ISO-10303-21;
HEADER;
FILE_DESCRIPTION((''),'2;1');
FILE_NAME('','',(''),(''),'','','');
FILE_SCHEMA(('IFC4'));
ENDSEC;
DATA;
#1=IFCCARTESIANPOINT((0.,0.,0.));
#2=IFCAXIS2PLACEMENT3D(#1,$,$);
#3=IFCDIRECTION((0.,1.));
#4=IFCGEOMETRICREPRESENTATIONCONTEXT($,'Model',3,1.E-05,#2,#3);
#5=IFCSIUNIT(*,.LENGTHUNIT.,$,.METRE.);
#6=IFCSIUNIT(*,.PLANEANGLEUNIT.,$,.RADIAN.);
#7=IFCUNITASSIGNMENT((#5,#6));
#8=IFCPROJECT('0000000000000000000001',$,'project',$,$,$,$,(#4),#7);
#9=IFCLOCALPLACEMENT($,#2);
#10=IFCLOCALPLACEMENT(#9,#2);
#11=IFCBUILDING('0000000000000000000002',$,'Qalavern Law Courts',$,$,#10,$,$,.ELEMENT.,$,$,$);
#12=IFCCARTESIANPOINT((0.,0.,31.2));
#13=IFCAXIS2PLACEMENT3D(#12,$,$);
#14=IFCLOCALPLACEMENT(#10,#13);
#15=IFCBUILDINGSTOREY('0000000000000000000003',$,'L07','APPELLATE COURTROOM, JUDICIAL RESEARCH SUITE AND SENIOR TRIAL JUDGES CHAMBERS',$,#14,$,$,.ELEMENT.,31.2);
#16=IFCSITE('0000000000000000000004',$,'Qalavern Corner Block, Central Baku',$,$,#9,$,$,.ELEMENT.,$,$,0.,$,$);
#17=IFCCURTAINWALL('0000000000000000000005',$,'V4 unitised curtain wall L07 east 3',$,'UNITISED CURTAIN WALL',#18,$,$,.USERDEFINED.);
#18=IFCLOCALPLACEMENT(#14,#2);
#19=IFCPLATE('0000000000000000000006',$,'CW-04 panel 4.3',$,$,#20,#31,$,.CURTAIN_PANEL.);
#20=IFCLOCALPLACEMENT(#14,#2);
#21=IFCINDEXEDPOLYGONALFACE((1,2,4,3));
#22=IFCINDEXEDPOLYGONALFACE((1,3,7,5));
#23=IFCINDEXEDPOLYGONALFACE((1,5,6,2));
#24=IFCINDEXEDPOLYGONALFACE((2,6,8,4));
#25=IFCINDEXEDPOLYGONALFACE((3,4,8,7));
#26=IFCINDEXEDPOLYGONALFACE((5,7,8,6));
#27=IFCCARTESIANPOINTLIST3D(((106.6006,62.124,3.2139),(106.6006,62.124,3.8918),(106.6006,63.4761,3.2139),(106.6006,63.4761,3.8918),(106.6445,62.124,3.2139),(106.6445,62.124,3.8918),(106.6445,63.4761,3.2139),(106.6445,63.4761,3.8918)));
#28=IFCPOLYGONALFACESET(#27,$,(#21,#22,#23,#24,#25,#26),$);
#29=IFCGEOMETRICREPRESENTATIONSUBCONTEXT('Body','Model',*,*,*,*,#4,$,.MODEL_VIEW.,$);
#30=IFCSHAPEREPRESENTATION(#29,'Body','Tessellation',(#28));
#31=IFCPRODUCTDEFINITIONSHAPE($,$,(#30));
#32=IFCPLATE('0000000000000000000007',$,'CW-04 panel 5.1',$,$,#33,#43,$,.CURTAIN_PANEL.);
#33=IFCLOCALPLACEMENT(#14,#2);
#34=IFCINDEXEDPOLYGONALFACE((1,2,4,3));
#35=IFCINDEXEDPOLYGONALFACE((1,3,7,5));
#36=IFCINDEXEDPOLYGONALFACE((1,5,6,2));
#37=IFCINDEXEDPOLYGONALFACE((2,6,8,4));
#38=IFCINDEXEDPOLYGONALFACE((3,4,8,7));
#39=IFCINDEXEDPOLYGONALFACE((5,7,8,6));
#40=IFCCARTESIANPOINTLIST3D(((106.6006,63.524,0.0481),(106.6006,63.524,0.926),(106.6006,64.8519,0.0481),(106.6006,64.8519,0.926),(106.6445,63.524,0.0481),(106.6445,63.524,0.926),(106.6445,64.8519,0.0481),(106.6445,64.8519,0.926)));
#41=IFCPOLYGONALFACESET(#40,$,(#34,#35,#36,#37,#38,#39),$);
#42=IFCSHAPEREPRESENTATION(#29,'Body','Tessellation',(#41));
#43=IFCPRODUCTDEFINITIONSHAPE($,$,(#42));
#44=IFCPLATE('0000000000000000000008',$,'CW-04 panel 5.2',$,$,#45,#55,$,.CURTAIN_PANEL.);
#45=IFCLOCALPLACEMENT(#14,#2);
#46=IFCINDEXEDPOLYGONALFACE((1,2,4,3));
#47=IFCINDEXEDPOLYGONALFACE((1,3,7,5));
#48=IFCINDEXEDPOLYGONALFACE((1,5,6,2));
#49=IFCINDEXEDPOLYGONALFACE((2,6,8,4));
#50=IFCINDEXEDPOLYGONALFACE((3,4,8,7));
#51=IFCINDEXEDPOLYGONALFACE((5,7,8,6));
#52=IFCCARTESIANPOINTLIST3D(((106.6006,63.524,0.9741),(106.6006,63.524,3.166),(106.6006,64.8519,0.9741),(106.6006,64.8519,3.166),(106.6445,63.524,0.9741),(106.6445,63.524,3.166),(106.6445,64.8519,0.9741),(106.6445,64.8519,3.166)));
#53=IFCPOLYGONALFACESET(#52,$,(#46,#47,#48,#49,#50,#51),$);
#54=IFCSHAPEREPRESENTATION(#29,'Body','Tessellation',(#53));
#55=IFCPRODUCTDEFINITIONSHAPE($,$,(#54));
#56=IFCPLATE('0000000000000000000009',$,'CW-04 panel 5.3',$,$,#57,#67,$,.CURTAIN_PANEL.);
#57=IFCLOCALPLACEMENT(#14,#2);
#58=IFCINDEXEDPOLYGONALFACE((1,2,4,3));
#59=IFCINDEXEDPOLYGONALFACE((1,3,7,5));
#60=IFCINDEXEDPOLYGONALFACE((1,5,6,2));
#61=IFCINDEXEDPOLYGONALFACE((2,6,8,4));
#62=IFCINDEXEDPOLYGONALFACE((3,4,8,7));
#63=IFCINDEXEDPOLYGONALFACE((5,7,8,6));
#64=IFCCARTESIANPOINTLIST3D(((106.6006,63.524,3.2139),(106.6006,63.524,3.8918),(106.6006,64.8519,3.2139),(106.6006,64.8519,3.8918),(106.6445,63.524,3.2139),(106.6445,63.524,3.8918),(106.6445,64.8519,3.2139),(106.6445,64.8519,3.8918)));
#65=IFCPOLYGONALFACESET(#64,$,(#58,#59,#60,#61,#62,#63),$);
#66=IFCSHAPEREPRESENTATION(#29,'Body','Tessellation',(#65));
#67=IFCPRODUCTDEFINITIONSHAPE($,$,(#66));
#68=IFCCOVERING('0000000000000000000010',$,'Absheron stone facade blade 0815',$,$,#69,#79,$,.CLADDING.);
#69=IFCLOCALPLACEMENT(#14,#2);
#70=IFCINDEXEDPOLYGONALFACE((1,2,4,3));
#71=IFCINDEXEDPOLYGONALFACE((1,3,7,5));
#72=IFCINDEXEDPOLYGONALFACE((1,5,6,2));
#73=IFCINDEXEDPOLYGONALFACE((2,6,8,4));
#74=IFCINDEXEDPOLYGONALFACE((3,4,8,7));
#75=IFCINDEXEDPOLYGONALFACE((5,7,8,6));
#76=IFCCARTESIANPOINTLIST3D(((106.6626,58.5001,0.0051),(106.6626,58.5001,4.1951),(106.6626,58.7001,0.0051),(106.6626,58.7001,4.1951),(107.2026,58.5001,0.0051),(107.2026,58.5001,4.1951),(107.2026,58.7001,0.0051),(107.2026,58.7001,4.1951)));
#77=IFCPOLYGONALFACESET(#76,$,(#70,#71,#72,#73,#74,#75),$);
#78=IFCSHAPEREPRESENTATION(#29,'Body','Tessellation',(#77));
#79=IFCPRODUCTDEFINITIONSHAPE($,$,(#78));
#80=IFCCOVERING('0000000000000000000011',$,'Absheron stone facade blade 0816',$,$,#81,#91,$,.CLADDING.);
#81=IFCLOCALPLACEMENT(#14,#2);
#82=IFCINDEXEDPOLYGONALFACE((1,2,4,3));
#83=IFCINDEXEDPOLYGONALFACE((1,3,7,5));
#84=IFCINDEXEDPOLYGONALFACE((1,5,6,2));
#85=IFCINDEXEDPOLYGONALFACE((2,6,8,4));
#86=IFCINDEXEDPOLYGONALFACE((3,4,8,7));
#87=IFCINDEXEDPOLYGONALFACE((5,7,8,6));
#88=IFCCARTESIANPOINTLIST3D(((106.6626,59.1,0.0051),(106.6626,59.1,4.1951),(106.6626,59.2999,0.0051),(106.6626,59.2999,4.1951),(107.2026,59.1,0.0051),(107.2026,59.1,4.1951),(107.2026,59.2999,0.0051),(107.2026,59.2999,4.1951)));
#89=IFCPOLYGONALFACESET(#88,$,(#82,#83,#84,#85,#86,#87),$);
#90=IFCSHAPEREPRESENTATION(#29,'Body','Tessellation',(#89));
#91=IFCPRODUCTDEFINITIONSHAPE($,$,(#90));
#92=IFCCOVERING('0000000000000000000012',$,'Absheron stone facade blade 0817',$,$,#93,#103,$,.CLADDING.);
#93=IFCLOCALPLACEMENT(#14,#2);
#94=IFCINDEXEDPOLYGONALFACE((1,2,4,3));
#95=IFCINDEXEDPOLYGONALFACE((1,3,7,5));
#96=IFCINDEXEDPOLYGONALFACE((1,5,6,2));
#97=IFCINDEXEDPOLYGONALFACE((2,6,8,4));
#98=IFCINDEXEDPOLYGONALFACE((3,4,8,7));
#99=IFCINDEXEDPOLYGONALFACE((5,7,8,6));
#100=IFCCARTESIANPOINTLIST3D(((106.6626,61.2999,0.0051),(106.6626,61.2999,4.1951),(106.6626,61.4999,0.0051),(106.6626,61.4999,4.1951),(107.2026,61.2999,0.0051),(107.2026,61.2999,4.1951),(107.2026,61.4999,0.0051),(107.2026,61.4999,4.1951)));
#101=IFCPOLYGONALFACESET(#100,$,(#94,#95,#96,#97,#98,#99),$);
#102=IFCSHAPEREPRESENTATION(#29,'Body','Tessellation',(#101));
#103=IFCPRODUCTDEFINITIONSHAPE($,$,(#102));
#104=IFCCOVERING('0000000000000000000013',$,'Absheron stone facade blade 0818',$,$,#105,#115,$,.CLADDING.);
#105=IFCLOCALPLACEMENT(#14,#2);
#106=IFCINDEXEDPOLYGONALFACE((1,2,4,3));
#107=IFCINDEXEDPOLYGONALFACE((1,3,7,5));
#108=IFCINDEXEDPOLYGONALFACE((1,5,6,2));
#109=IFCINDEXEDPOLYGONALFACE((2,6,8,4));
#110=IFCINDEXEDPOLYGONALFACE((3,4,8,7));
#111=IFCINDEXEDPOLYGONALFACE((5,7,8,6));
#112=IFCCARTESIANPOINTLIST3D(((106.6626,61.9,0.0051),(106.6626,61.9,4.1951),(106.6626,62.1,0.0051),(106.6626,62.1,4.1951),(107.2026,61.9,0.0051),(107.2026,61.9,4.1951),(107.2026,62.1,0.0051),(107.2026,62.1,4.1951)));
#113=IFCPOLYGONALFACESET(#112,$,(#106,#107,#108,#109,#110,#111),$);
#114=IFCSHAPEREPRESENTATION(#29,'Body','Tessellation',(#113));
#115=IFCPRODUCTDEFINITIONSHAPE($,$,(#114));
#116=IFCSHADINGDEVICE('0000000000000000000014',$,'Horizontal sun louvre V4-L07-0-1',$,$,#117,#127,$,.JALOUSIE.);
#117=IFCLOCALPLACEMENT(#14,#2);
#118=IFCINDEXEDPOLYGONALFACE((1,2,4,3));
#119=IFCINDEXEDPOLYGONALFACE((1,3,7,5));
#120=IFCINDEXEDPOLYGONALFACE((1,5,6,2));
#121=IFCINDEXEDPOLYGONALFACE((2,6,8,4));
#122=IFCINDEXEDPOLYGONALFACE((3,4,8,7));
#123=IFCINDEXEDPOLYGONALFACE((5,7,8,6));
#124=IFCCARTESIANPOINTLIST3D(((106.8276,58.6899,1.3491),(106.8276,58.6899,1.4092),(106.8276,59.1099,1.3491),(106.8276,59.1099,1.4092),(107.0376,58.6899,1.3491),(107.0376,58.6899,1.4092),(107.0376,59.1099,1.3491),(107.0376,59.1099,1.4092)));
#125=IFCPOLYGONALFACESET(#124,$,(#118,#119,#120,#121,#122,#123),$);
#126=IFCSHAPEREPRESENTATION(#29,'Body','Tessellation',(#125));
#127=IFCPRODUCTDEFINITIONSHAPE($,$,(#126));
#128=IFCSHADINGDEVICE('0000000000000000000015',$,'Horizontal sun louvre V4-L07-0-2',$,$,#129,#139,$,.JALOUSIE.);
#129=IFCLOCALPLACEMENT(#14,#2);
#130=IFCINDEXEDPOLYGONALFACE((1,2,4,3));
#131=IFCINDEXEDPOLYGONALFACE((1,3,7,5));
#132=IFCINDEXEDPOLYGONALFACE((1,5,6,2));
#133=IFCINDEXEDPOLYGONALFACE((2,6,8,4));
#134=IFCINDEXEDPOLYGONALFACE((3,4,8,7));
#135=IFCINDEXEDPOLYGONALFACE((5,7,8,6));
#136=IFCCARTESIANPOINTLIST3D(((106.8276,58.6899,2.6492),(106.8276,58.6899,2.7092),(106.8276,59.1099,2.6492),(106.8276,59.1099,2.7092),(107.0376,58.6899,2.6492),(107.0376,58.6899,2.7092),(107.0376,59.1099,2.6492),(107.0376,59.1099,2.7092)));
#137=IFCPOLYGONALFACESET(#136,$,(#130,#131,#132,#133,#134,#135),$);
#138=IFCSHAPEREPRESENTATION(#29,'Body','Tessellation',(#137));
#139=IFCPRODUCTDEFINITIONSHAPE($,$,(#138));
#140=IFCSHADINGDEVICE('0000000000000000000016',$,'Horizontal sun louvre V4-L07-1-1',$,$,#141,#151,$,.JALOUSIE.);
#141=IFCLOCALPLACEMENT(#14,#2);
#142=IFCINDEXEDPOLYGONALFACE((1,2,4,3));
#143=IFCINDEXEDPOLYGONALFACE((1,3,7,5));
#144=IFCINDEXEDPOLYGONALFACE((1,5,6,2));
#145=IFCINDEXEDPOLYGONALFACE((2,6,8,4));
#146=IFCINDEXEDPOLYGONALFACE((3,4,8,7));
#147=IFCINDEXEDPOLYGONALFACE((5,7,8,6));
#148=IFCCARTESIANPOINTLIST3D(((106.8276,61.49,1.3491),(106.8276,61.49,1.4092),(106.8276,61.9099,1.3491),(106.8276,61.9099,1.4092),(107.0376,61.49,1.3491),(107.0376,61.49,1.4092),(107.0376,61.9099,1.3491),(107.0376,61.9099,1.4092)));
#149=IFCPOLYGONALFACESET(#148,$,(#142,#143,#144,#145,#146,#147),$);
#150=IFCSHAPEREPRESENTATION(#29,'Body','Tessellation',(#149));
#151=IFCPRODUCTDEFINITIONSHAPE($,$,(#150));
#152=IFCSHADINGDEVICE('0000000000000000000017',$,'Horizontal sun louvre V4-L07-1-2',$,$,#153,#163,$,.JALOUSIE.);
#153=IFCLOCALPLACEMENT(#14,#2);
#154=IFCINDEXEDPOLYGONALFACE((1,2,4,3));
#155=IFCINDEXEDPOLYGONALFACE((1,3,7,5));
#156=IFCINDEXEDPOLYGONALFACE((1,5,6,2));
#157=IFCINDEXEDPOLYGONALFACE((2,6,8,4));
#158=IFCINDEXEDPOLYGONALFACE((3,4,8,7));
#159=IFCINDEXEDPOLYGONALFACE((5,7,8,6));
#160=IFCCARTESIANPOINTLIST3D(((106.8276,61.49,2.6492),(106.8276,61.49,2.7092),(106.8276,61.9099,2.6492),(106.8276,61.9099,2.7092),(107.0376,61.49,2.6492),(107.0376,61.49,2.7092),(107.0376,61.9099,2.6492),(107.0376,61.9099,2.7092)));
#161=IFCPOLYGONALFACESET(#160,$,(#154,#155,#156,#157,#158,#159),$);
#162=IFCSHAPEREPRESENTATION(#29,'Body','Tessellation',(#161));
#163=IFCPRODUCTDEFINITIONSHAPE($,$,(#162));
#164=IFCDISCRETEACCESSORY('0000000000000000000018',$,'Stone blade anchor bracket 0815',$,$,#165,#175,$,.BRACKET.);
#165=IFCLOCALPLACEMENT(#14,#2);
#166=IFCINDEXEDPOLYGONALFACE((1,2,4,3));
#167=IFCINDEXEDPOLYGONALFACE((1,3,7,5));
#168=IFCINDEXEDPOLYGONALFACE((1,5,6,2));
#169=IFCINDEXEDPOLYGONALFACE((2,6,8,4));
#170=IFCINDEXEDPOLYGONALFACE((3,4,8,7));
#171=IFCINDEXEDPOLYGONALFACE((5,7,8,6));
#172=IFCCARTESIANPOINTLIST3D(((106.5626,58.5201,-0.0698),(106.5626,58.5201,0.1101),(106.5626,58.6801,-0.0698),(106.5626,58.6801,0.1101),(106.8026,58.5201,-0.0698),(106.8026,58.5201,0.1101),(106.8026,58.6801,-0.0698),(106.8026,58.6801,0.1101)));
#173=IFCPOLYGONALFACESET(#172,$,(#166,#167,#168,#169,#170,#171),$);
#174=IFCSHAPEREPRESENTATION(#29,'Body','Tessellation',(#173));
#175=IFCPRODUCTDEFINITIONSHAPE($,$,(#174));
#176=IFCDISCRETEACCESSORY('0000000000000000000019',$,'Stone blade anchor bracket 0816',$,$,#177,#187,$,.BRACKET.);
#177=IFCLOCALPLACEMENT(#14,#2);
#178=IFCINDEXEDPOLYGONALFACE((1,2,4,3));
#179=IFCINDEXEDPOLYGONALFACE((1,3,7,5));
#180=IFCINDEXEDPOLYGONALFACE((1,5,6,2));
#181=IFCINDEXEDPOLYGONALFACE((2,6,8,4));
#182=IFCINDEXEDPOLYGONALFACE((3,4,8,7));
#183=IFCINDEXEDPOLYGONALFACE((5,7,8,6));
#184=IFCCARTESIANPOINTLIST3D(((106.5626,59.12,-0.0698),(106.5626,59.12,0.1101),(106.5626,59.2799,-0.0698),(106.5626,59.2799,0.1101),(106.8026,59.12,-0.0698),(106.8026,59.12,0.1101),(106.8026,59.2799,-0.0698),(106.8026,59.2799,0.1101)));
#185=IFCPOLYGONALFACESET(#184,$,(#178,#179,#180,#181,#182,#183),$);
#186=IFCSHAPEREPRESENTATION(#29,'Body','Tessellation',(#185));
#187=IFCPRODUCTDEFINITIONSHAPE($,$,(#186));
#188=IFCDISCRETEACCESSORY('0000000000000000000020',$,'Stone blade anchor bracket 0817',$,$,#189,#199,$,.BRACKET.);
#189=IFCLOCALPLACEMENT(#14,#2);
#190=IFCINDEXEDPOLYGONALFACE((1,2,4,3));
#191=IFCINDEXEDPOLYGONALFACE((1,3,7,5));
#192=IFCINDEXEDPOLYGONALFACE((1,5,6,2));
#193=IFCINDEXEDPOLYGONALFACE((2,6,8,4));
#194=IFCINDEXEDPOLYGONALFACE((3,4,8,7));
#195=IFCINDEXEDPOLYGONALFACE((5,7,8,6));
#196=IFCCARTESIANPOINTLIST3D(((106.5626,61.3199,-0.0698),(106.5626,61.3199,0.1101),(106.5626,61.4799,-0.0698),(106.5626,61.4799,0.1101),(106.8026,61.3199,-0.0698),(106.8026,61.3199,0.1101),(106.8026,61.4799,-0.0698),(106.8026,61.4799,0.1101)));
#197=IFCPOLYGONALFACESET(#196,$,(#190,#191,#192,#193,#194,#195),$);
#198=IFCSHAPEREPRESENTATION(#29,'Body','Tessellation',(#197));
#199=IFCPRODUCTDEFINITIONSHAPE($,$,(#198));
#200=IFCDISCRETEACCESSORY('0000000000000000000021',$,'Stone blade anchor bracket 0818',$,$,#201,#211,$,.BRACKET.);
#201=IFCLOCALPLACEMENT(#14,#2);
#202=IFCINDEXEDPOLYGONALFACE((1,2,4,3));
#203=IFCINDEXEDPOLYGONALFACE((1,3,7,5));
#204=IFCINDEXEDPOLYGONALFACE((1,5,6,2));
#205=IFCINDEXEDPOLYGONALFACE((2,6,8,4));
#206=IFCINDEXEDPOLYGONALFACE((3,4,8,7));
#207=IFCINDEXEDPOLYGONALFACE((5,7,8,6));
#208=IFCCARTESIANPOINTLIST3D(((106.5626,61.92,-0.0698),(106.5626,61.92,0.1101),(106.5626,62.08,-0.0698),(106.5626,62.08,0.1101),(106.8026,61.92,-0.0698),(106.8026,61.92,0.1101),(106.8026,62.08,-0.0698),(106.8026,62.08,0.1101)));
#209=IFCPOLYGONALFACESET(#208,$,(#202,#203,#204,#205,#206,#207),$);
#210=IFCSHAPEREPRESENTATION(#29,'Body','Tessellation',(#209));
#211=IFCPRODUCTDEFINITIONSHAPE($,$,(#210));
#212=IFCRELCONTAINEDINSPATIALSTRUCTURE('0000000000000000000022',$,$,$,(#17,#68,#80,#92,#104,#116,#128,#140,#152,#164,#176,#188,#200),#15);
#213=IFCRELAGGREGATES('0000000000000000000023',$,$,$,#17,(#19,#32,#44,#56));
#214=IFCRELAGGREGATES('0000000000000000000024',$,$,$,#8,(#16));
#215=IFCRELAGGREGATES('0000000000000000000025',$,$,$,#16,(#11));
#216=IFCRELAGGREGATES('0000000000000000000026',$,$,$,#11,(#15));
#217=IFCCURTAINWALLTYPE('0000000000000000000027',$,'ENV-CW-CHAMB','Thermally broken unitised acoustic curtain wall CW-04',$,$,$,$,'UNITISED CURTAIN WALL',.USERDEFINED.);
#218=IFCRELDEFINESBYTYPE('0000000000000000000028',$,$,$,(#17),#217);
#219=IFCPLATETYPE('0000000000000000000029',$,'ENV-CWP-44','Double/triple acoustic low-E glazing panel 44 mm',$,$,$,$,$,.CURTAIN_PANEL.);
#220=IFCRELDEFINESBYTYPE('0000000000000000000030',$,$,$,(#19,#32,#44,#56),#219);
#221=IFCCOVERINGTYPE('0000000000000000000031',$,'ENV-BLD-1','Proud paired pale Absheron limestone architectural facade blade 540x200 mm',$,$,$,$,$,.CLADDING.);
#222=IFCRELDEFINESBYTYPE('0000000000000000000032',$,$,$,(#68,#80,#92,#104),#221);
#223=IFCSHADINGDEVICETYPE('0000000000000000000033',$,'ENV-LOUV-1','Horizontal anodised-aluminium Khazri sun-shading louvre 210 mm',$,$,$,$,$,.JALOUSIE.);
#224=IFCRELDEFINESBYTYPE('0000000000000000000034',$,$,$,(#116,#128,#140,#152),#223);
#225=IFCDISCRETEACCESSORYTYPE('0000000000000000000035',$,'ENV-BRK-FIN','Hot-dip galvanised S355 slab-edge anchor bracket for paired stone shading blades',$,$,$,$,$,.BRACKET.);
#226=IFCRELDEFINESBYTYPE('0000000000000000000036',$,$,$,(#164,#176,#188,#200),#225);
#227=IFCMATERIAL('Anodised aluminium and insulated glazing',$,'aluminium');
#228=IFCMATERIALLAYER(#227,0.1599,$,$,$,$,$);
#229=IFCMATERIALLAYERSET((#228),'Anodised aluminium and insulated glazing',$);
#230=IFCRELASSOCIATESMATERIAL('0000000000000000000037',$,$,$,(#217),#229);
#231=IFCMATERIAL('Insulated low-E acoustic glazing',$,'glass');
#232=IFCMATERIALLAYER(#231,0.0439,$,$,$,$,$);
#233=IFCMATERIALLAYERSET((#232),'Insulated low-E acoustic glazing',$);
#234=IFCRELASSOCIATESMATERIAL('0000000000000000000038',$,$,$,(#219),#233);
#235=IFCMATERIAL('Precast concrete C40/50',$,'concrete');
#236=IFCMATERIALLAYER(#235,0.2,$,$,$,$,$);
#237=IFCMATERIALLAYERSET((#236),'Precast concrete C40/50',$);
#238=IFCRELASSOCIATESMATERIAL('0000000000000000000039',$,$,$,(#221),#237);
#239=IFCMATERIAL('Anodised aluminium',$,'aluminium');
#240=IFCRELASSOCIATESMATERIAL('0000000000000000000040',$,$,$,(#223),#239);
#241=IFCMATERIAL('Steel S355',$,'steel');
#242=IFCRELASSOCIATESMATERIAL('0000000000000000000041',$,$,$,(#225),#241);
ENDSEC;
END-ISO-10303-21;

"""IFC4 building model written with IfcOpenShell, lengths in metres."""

from ifc_helpers import new_model, si_unit, direction, frame, origin, origin_2d, place, context, subcontext, project, spatial, rectangle, extrude, material, layer, layer_set, type_object, element, aggregate, save


model = new_model("IFC4")

# Units and contexts
model_context = context("Model", 3, precision=1e-05, world=origin(), true_north=direction((0.0, 1.0)))
body_context = subcontext(model_context, "Body", "Model", "MODEL_VIEW")
ifc_project = project(units=[si_unit("LENGTHUNIT", "METRE"), si_unit("PLANEANGLEUNIT", "RADIAN")], contexts=[model_context])

# Site, building, storey
site_placement = place(None, origin())
site = spatial("IfcSite", under=ifc_project, at=site_placement, Name="Qalavern Corner Block, Central Baku", CompositionType="ELEMENT", RefElevation=0.0)
building_placement = place(site_placement, origin())
building = spatial("IfcBuilding", under=site, at=building_placement, Name="Qalavern Law Courts", CompositionType="ELEMENT")
storey_placement = place(building_placement, frame((0.0, 0.0, 31.2)))
storey = spatial("IfcBuildingStorey", under=building, at=storey_placement, Name="L07", Description="APPELLATE COURTROOM, JUDICIAL RESEARCH SUITE AND SENIOR TRIAL JUDGES CHAMBERS", CompositionType="ELEMENT", Elevation=31.2)

# Curtain wall, plates
ifc_material_1 = material(Name="Anodised aluminium and insulated glazing", Category="aluminium")
ifc_layer_1 = layer(ifc_material_1, 0.1599)
ifc_layer_set_1 = layer_set([ifc_layer_1], Name="Anodised aluminium and insulated glazing")
curtain_wall_type = type_object("IfcCurtainWallType", Name="ENV-CW-CHAMB", Description="Thermally broken unitised acoustic curtain wall CW-04", ElementType="UNITISED CURTAIN WALL", PredefinedType="USERDEFINED", material=ifc_layer_set_1)
curtain_wall_placement = place(storey_placement, origin())
curtain_wall = element("IfcCurtainWall", 1, at=curtain_wall_placement, inside=storey, type_object=curtain_wall_type, Name="V4 unitised curtain wall L07 east 3", ObjectType="UNITISED CURTAIN WALL", PredefinedType="USERDEFINED")
ifc_material_2 = material(Name="Anodised aluminium", Category="aluminium")
ifc_material_3 = material(Name="Insulated low-E acoustic glazing", Category="glass")
ifc_layer_2 = layer(ifc_material_3, 0.0439)
ifc_layer_set_2 = layer_set([ifc_layer_2], Name="Insulated low-E acoustic glazing")
plate_type = type_object("IfcPlateType", Name="ENV-CWP-44", Description="Double/triple acoustic low-E glazing panel 44 mm", PredefinedType="CURTAIN_PANEL", material=ifc_layer_set_2)
plate_1_placement = place(storey_placement, frame((106.6226, 62.8, 3.2139), z_axis=(0.0, 0.0, 1.0), x_axis=(0.0, 1.0, 0.0)))
plate_1 = element("IfcPlate", 2, at=plate_1_placement, type_object=plate_type, Name="CW-04 panel 4.3", PredefinedType="CURTAIN_PANEL", context=body_context, shape_type="SweptSolid", body=[
    extrude(rectangle(XDim=1.3521, YDim=0.0439, at=origin_2d()), origin(), (0.0, 0.0, 1.0), 0.678),
])
plate_2_placement = place(storey_placement, frame((106.6226, 64.188, 0.0481), z_axis=(0.0, 0.0, 1.0), x_axis=(0.0, 1.0, 0.0)))
plate_2 = element("IfcPlate", 3, at=plate_2_placement, type_object=plate_type, Name="CW-04 panel 5.1", PredefinedType="CURTAIN_PANEL", context=body_context, shape_type="SweptSolid", body=[
    extrude(rectangle(XDim=1.3279, YDim=0.0439, at=origin_2d()), origin(), (0.0, 0.0, 1.0), 0.8779),
])
plate_3_placement = place(storey_placement, frame((106.6226, 64.188, 0.9741), z_axis=(0.0, 0.0, 1.0), x_axis=(0.0, 1.0, 0.0)))
plate_3 = element("IfcPlate", 4, at=plate_3_placement, type_object=plate_type, Name="CW-04 panel 5.2", PredefinedType="CURTAIN_PANEL", context=body_context, shape_type="SweptSolid", body=[
    extrude(rectangle(XDim=1.3279, YDim=0.0439, at=origin_2d()), origin(), (0.0, 0.0, 1.0), 2.1919),
])
plate_4_placement = place(storey_placement, frame((106.6226, 64.188, 3.2139), z_axis=(0.0, 0.0, 1.0), x_axis=(0.0, 1.0, 0.0)))
plate_4 = element("IfcPlate", 5, at=plate_4_placement, type_object=plate_type, Name="CW-04 panel 5.3", PredefinedType="CURTAIN_PANEL", context=body_context, shape_type="SweptSolid", body=[
    extrude(rectangle(XDim=1.3279, YDim=0.0439, at=origin_2d()), origin(), (0.0, 0.0, 1.0), 0.678),
])
aggregate(curtain_wall, [plate_1, plate_2, plate_3, plate_4])

# Coverings
ifc_material_4 = material(Name="Precast concrete C40/50", Category="concrete")
ifc_layer_3 = layer(ifc_material_4, 0.2)
ifc_layer_set_3 = layer_set([ifc_layer_3], Name="Precast concrete C40/50")
covering_type = type_object("IfcCoveringType", Name="ENV-BLD-1", Description="Proud paired pale Absheron limestone architectural facade blade 540x200 mm", PredefinedType="CLADDING", material=ifc_layer_set_3)
for number, where, z_axis, x_axis, name in (
    (6, (106.9326, 58.6001, 0.0051), (0.0, 0.0, 1.0), (1.0, 0.0, 0.0), "Absheron stone facade blade 0815"),
    (7, (106.9326, 59.2, 0.0051), (0.0, 0.0, 1.0), (1.0, 0.0, 0.0), "Absheron stone facade blade 0816"),
    (8, (106.9326, 61.3999, 0.0051), (0.0, 0.0, 1.0), (1.0, 0.0, 0.0), "Absheron stone facade blade 0817"),
    (9, (106.9326, 62.0, 0.0051), (0.0, 0.0, 1.0), (1.0, 0.0, 0.0), "Absheron stone facade blade 0818"),
):
    element("IfcCovering", number, at=place(storey_placement, frame(where, z_axis=z_axis, x_axis=x_axis)), inside=storey, type_object=covering_type, Name=name, PredefinedType="CLADDING", context=body_context, shape_type="SweptSolid", body=[
        extrude(rectangle(XDim=0.54, YDim=0.2, at=origin_2d()), origin(), (0.0, 0.0, 1.0), 4.1899),
    ])

# Shading devices
shading_device_type = type_object("IfcShadingDeviceType", Name="ENV-LOUV-1", Description="Horizontal anodised-aluminium Khazri sun-shading louvre 210 mm", PredefinedType="JALOUSIE", material=ifc_material_2)
for number, where, z_axis, x_axis, name in (
    (10, (106.9326, 58.8999, 1.3491), (0.0, 0.0, 1.0), (0.0, 1.0, 0.0), "Horizontal sun louvre V4-L07-0-1"),
    (11, (106.9326, 58.8999, 2.6492), (0.0, 0.0, 1.0), (0.0, 1.0, 0.0), "Horizontal sun louvre V4-L07-0-2"),
    (12, (106.9326, 61.7, 1.3491), (0.0, 0.0, 1.0), (0.0, 1.0, 0.0), "Horizontal sun louvre V4-L07-1-1"),
    (13, (106.9326, 61.7, 2.6492), (0.0, 0.0, 1.0), (0.0, 1.0, 0.0), "Horizontal sun louvre V4-L07-1-2"),
):
    element("IfcShadingDevice", number, at=place(storey_placement, frame(where, z_axis=z_axis, x_axis=x_axis)), inside=storey, type_object=shading_device_type, Name=name, PredefinedType="JALOUSIE", context=body_context, shape_type="SweptSolid", body=[
        extrude(rectangle(XDim=0.4199, YDim=0.21, at=origin_2d()), origin(), (0.0, 0.0, 1.0), 0.0601),
    ])

# Discrete accessories
ifc_material_5 = material(Name="Steel S355", Category="steel")
discrete_accessory_type = type_object("IfcDiscreteAccessoryType", Name="ENV-BRK-FIN", Description="Hot-dip galvanised S355 slab-edge anchor bracket for paired stone shading blades", PredefinedType="BRACKET", material=ifc_material_5)
for number, where, z_axis, x_axis, name in (
    (14, (106.6826, 58.6001, -0.0698), (0.0, 0.0, 1.0), (1.0, 0.0, 0.0), "Stone blade anchor bracket 0815"),
    (15, (106.6826, 59.2, -0.0698), (0.0, 0.0, 1.0), (1.0, 0.0, 0.0), "Stone blade anchor bracket 0816"),
    (16, (106.6826, 61.3999, -0.0698), (0.0, 0.0, 1.0), (1.0, 0.0, 0.0), "Stone blade anchor bracket 0817"),
    (17, (106.6826, 62.0, -0.0698), (0.0, 0.0, 1.0), (1.0, 0.0, 0.0), "Stone blade anchor bracket 0818"),
):
    element("IfcDiscreteAccessory", number, at=place(storey_placement, frame(where, z_axis=z_axis, x_axis=x_axis)), inside=storey, type_object=discrete_accessory_type, Name=name, PredefinedType="BRACKET", context=body_context, shape_type="SweptSolid", body=[
        extrude(rectangle(XDim=0.24, YDim=0.1599, at=origin_2d()), origin(), (0.0, 0.0, 1.0), 0.1799),
    ])

save(model, "model.ifc")
